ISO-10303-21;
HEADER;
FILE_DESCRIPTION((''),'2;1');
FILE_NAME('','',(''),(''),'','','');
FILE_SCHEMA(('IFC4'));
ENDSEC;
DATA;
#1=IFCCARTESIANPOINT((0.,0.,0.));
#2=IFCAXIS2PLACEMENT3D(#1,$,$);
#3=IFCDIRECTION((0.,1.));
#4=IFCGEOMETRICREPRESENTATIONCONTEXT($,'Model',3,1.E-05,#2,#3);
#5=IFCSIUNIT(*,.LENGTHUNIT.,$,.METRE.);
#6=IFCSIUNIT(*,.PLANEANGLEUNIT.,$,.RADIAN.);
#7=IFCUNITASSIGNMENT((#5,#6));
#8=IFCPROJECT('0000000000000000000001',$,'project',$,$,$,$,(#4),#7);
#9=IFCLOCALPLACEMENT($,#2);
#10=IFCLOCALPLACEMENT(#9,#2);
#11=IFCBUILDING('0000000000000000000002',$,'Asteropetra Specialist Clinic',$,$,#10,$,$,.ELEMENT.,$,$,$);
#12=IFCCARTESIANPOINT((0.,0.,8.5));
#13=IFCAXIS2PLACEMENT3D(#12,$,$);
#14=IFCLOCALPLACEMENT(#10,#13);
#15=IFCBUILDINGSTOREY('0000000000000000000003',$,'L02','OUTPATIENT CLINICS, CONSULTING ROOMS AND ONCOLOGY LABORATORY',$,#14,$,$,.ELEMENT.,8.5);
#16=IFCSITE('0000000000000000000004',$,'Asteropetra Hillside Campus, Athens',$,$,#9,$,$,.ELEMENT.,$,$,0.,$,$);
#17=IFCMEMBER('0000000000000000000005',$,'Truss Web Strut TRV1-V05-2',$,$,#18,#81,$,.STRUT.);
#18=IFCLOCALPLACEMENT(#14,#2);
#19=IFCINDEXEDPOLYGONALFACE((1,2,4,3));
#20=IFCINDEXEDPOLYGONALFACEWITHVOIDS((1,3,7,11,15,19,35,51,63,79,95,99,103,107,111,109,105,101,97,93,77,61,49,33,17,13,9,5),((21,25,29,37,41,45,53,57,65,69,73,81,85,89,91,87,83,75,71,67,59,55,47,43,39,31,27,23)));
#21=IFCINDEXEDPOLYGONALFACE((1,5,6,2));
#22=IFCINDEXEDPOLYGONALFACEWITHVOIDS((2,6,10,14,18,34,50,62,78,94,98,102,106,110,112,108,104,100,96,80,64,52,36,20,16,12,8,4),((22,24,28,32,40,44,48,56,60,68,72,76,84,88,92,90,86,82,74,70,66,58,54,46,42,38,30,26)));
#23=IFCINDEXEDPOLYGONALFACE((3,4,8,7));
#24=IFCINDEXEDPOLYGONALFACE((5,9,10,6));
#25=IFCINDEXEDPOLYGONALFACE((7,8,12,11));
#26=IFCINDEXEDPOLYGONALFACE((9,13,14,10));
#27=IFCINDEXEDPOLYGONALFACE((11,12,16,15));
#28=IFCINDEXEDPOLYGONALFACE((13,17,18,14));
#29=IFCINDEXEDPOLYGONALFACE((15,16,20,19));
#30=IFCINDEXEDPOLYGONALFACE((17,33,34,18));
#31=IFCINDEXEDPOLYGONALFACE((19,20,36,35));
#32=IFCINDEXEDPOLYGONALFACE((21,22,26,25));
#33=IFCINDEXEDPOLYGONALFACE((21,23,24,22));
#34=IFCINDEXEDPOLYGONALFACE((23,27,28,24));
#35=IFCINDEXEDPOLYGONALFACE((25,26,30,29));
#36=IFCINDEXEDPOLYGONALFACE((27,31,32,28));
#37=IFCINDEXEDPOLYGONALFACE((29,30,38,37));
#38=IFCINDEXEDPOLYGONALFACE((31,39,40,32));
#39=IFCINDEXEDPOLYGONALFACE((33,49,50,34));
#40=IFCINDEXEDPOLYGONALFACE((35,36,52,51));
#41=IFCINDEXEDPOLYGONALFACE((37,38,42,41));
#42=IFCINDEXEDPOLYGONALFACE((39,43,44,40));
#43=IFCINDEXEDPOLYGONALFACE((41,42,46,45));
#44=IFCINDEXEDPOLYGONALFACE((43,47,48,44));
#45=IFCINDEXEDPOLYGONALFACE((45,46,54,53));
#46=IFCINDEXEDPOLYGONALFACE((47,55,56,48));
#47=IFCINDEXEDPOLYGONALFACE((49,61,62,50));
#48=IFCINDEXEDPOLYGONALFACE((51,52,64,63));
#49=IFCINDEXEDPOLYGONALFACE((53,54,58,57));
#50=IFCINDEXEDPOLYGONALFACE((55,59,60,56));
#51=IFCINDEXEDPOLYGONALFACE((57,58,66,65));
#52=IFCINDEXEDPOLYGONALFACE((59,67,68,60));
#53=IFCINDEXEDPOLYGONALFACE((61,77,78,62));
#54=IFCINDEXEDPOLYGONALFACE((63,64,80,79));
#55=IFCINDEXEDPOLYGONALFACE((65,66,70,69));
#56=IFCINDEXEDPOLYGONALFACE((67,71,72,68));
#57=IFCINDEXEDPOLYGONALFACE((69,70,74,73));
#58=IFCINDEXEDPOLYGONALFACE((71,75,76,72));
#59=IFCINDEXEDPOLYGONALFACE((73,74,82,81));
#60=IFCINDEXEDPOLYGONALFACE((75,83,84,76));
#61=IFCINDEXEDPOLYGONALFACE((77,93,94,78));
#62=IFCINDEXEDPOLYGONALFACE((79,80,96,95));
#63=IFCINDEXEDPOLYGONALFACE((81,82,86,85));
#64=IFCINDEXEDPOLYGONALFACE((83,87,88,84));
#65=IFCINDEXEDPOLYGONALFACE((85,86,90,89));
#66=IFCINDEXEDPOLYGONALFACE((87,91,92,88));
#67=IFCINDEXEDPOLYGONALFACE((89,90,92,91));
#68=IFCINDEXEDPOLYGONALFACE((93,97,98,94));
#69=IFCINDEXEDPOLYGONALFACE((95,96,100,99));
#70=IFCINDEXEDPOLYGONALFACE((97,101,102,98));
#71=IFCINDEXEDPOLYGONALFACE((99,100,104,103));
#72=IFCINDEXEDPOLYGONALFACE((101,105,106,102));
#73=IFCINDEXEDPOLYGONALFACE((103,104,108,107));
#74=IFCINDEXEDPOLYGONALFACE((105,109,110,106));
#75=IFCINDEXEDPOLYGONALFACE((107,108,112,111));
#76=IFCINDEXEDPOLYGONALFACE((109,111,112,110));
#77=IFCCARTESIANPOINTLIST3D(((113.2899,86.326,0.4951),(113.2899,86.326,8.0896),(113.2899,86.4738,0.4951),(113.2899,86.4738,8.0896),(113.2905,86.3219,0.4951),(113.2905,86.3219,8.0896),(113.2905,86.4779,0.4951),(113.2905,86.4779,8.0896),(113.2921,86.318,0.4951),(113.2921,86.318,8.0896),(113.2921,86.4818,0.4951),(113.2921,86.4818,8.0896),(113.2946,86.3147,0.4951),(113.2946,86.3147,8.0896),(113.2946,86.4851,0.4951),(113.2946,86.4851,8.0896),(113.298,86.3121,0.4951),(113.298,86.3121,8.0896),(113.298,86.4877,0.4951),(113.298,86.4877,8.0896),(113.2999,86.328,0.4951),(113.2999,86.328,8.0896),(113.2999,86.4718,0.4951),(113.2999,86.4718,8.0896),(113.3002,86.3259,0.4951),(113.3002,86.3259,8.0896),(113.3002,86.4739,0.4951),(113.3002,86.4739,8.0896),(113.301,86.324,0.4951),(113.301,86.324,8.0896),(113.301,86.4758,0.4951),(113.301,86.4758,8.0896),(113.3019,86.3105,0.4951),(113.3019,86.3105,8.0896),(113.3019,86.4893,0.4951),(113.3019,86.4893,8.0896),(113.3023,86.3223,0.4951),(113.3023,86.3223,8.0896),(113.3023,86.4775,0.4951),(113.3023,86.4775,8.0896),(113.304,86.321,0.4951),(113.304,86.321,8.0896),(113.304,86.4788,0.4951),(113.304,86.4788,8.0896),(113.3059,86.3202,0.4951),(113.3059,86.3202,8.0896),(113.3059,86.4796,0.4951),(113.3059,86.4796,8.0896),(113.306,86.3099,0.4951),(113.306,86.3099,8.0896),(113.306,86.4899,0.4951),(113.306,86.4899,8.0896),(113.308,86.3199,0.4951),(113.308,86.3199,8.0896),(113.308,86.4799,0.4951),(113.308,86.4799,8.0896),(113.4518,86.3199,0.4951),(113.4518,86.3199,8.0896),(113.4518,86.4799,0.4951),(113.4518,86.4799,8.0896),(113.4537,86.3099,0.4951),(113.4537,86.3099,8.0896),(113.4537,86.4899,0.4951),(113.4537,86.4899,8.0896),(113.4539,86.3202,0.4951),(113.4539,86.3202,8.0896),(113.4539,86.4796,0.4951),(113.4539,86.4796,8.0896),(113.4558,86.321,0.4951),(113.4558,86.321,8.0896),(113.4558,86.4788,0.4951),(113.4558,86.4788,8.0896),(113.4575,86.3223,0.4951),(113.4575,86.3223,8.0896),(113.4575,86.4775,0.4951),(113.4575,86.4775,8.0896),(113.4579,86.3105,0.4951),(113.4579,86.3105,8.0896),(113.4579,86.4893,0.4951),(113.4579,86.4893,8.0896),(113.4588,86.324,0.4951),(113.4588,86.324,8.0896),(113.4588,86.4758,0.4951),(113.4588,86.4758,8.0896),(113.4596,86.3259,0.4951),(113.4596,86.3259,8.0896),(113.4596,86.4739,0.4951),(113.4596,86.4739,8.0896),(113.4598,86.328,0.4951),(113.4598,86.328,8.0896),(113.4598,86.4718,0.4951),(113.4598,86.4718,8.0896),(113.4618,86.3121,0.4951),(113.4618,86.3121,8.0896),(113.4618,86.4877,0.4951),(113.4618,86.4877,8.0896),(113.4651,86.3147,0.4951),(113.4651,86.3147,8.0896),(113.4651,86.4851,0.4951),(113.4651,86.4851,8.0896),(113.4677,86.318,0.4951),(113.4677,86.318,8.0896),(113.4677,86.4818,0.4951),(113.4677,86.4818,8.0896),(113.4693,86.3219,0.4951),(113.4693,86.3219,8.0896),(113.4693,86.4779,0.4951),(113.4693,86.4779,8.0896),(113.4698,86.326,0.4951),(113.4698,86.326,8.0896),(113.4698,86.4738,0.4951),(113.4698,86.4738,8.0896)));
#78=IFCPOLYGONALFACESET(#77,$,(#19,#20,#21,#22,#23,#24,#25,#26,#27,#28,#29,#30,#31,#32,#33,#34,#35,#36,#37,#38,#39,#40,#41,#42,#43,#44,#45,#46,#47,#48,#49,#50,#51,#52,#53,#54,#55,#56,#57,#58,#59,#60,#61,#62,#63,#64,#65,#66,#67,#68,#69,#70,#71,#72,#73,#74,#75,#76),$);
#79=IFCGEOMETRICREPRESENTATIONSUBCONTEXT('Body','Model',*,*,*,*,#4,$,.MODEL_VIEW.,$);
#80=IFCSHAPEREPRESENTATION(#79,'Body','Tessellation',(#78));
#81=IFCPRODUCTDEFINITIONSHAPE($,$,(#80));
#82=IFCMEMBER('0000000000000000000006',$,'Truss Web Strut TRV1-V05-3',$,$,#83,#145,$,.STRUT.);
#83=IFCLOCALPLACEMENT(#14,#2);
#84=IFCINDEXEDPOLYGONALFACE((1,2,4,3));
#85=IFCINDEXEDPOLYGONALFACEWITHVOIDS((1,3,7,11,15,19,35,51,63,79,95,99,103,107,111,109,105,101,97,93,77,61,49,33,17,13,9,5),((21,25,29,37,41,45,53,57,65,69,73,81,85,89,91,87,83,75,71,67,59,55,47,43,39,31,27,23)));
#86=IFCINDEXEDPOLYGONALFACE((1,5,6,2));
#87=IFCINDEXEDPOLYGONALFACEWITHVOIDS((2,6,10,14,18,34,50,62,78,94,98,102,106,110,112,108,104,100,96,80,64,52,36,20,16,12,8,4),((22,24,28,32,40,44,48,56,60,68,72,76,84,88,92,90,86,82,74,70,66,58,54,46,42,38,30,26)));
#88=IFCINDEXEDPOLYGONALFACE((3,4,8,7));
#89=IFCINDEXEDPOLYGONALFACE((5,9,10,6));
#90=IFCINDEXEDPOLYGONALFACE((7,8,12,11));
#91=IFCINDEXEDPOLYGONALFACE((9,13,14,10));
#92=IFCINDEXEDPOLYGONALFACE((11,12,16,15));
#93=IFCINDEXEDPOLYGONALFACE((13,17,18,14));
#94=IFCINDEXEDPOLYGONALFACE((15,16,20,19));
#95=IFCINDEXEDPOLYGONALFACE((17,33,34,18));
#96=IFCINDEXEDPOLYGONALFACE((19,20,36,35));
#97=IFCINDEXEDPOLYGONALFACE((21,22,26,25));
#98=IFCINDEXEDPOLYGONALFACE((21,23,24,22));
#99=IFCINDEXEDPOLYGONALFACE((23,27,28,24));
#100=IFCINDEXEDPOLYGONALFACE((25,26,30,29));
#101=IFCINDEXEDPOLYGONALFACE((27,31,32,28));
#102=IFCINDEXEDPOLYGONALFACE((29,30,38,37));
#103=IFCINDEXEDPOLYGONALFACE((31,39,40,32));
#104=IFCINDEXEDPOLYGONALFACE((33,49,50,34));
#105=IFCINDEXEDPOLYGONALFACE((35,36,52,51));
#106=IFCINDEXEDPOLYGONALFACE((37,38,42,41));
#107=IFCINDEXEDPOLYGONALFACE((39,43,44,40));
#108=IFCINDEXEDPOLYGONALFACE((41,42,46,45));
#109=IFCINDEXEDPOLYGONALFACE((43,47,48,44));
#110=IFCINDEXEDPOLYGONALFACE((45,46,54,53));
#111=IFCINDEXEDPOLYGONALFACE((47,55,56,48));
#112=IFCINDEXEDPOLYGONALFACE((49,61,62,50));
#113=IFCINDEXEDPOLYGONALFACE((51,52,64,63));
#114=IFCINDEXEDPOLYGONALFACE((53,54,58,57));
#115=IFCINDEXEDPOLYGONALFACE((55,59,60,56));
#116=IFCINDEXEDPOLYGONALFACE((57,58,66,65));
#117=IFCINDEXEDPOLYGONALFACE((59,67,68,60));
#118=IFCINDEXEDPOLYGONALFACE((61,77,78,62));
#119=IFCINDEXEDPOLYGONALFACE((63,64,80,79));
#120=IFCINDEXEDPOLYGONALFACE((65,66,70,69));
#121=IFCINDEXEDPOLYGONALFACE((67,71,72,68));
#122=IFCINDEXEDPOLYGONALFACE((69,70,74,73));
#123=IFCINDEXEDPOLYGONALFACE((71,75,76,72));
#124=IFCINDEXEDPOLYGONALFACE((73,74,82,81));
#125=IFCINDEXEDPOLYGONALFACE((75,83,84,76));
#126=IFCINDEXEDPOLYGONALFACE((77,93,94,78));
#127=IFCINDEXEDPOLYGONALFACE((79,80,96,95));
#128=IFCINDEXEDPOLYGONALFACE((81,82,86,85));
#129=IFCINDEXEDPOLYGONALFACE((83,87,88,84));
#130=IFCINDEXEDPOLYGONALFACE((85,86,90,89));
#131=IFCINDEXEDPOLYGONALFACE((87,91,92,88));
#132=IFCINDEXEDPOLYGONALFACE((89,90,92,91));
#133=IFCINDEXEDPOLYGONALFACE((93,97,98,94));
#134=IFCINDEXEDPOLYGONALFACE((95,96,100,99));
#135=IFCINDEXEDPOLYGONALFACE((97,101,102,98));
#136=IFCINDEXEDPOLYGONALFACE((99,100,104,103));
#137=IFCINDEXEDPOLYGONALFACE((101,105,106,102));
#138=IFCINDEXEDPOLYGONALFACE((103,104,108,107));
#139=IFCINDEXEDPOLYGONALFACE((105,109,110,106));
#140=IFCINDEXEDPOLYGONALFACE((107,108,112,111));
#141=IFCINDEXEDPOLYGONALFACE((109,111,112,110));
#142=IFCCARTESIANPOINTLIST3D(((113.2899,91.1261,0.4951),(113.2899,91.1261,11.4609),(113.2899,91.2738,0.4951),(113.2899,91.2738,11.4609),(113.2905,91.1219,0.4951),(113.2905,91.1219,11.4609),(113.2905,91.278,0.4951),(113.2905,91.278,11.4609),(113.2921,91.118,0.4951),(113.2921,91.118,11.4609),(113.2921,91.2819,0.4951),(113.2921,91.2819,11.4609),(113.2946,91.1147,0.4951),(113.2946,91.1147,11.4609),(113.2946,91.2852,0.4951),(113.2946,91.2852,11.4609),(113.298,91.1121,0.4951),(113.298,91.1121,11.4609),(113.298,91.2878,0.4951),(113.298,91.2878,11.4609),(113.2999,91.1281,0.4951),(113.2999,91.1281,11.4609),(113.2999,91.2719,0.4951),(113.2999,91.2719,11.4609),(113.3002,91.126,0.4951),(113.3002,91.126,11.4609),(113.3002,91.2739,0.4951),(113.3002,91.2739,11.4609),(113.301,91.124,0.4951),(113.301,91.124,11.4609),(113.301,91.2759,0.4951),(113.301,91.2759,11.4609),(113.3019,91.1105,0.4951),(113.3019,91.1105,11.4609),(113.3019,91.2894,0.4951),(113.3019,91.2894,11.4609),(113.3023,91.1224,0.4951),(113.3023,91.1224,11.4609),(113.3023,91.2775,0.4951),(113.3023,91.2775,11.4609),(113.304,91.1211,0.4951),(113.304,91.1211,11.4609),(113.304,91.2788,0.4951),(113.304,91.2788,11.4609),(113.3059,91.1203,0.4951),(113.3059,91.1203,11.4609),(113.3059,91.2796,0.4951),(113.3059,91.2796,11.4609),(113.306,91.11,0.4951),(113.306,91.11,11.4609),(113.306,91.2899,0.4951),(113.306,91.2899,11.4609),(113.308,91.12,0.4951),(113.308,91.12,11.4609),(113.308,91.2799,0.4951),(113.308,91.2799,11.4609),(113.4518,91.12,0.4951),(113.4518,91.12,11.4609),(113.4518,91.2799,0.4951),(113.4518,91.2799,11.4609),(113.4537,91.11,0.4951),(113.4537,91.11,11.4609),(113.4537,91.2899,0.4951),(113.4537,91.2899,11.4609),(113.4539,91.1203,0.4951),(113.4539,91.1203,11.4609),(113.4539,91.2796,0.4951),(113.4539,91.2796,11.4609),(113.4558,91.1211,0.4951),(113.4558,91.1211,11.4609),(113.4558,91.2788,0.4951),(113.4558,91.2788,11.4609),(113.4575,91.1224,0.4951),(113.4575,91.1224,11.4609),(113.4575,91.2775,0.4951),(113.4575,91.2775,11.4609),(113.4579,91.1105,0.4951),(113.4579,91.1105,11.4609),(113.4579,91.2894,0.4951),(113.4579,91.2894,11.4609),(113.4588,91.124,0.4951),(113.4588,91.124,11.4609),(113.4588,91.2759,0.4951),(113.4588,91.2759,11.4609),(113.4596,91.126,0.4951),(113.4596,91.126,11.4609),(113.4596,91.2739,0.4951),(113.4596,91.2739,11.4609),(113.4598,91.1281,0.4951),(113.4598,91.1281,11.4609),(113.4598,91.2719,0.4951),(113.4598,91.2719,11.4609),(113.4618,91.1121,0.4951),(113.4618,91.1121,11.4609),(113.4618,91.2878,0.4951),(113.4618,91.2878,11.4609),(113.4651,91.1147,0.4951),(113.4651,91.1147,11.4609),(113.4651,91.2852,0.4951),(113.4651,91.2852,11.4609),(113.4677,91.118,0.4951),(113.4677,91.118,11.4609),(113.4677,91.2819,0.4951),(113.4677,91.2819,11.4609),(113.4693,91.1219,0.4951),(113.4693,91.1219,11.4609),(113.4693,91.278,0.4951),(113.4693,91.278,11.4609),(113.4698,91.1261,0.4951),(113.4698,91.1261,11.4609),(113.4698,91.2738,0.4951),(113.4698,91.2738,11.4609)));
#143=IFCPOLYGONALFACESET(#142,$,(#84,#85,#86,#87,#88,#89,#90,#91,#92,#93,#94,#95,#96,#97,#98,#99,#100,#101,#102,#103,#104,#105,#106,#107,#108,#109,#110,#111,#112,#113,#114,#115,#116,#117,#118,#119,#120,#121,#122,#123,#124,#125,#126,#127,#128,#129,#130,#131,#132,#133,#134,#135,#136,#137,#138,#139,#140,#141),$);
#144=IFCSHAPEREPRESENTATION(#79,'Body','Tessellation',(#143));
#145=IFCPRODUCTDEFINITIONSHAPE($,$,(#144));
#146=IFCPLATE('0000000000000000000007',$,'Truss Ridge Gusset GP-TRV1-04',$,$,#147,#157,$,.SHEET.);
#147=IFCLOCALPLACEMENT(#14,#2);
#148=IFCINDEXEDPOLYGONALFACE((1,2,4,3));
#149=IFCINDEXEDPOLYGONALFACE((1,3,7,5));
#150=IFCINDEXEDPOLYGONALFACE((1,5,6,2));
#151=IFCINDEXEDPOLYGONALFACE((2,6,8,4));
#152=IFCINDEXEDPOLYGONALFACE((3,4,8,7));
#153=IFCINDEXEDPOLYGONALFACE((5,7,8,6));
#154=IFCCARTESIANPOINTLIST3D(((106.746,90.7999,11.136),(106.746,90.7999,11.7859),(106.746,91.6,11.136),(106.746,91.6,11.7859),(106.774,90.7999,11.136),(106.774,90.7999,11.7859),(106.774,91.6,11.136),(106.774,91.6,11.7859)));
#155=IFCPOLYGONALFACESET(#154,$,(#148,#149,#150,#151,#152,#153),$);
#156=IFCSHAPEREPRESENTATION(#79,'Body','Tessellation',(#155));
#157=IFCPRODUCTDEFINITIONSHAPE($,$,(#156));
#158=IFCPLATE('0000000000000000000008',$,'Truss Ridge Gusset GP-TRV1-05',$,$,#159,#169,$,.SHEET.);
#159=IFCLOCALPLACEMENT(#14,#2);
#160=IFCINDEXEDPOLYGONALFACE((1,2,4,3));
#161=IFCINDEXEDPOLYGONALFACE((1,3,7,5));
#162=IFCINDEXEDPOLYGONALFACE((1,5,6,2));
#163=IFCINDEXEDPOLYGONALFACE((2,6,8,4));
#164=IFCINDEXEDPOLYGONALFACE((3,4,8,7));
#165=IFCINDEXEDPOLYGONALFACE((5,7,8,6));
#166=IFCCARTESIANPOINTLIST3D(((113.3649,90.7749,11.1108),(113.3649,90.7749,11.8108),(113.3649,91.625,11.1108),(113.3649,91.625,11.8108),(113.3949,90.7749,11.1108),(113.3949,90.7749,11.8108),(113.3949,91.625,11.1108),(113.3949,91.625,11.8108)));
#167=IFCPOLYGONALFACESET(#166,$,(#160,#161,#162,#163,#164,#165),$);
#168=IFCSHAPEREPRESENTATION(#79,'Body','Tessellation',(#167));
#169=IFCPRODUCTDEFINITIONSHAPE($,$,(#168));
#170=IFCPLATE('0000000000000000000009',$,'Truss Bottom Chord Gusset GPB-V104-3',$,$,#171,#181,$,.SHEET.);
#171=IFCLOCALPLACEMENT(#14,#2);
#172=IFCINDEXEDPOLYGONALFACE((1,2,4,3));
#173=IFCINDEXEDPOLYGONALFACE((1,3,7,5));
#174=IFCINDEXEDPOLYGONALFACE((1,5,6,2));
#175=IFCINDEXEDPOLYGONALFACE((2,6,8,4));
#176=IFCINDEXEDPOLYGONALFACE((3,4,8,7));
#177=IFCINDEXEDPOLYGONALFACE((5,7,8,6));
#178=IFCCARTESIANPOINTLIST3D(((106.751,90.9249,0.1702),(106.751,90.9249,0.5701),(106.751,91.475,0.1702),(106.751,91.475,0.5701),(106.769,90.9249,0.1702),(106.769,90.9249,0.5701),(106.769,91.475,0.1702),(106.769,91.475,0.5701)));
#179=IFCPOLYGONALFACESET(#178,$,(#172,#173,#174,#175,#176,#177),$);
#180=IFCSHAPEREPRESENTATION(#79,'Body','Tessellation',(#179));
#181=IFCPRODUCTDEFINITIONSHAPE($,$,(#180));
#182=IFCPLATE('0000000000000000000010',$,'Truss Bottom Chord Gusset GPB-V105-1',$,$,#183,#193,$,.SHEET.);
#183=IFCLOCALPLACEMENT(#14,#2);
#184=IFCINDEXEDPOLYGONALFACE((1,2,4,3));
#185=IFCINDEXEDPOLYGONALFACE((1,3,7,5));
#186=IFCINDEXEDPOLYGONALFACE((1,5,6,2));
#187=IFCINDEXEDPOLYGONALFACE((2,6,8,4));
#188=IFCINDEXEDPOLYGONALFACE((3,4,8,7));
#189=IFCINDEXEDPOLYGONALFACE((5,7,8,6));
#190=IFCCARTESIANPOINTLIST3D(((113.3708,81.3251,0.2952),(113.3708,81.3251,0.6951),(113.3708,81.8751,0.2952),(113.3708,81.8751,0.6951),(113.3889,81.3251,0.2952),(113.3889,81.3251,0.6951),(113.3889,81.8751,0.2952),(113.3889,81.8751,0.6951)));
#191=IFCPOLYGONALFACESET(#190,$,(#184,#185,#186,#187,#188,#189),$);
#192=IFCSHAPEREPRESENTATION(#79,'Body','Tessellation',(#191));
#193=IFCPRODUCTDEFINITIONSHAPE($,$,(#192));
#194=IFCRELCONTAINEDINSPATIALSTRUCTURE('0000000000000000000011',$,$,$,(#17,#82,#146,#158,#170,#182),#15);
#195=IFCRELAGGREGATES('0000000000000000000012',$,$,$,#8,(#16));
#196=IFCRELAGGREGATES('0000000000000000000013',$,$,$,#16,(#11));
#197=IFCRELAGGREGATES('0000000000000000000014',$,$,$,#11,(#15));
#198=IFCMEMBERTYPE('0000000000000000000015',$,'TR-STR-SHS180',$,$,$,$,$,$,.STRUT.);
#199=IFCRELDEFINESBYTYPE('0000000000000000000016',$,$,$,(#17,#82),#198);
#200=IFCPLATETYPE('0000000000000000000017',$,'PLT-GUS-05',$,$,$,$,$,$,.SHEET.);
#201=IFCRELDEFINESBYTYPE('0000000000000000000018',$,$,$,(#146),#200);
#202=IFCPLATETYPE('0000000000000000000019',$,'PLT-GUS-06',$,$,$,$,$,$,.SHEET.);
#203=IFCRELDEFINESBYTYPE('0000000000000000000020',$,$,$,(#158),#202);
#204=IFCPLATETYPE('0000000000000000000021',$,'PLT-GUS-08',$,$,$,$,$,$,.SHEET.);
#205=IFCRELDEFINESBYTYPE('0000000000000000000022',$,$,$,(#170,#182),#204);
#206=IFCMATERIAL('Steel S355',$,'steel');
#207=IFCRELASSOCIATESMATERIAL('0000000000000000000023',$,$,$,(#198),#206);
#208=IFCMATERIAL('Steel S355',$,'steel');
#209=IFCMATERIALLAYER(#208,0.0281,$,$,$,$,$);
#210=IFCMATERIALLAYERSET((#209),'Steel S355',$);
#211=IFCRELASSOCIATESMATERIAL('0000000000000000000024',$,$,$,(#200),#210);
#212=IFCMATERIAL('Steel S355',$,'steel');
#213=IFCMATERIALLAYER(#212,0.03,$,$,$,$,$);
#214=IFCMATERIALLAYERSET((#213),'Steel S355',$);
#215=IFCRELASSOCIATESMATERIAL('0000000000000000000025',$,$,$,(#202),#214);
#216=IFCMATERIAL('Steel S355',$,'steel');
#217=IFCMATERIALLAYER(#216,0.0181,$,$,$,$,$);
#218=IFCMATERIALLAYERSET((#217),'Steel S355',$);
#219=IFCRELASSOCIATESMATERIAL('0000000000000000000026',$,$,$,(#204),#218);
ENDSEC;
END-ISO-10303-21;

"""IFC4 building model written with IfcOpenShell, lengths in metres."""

from ifc_helpers import new_model, si_unit, direction, frame, origin, origin_2d, place, context, subcontext, project, spatial, rectangle, hollow_rectangle, extrude, material, layer, layer_set, material_profile, profile_set, type_object, element, save


model = new_model("IFC4")

# Units and contexts
model_context = context("Model", 3, precision=1e-05, world=origin(), true_north=direction((0.0, 1.0)))
body_context = subcontext(model_context, "Body", "Model", "MODEL_VIEW")
ifc_project = project(units=[si_unit("LENGTHUNIT", "METRE"), si_unit("PLANEANGLEUNIT", "RADIAN")], contexts=[model_context])

# Site, building, storey
site_placement = place(None, origin())
site = spatial("IfcSite", under=ifc_project, at=site_placement, Name="Asteropetra Hillside Campus, Athens", CompositionType="ELEMENT", RefElevation=0.0)
building_placement = place(site_placement, origin())
building = spatial("IfcBuilding", under=site, at=building_placement, Name="Asteropetra Specialist Clinic", CompositionType="ELEMENT")
storey_placement = place(building_placement, frame((0.0, 0.0, 8.5)))
storey = spatial("IfcBuildingStorey", under=building, at=storey_placement, Name="L02", Description="OUTPATIENT CLINICS, CONSULTING ROOMS AND ONCOLOGY LABORATORY", CompositionType="ELEMENT", Elevation=8.5)

# Members
ifc_material_1 = material(Name="Steel S355", Category="steel")
ifc_material_profile_1 = material_profile(ifc_material_1, hollow_rectangle(XDim=0.1799, YDim=0.1799, WallThickness=0.01, InnerFilletRadius=0.0081, OuterFilletRadius=0.0161, at=origin_2d()), Name="SHS 180x180x10.0")
ifc_profile_set_1 = profile_set([ifc_material_profile_1], Name="Steel S355")
member_type_1 = type_object("IfcMemberType", Name="TR-STR-SHS180", PredefinedType="STRUT", material=ifc_profile_set_1)
member_1_placement = place(storey_placement, frame((113.3799, 86.3999, 0.4951), z_axis=(0.0, 0.0, 1.0), x_axis=(1.0, 0.0, 0.0)))
element("IfcMember", 1, at=member_1_placement, inside=storey, type_object=member_type_1, Name="Truss Web Strut TRV1-V05-2", PredefinedType="STRUT", context=body_context, shape_type="SweptSolid", body=[
    extrude(hollow_rectangle(XDim=0.1799, YDim=0.1799, WallThickness=0.01, InnerFilletRadius=0.0081, OuterFilletRadius=0.0161, at=origin_2d()), origin(), (0.0, 0.0, 1.0), 7.5945),
])
member_2_placement = place(storey_placement, frame((113.3799, 91.2, 0.4951), z_axis=(0.0, 0.0, 1.0), x_axis=(1.0, 0.0, 0.0)))
element("IfcMember", 2, at=member_2_placement, inside=storey, type_object=member_type_1, Name="Truss Web Strut TRV1-V05-3", PredefinedType="STRUT", context=body_context, shape_type="SweptSolid", body=[
    extrude(hollow_rectangle(XDim=0.1799, YDim=0.1799, WallThickness=0.01, InnerFilletRadius=0.0081, OuterFilletRadius=0.0161, at=origin_2d()), origin(), (0.0, 0.0, 1.0), 10.9658),
])

# Plates
ifc_material_2 = material(Name="Steel S355", Category="steel")
ifc_layer_1 = layer(ifc_material_2, 0.0281)
ifc_layer_set_1 = layer_set([ifc_layer_1], Name="Steel S355")
plate_type_1 = type_object("IfcPlateType", Name="PLT-GUS-05", PredefinedType="SHEET", material=ifc_layer_set_1)
plate_1_placement = place(storey_placement, frame((106.76, 91.2, 11.136), z_axis=(0.0, 0.0, 1.0), x_axis=(1.0, 0.0, 0.0)))
element("IfcPlate", 3, at=plate_1_placement, inside=storey, type_object=plate_type_1, Name="Truss Ridge Gusset GP-TRV1-04", PredefinedType="SHEET", context=body_context, shape_type="SweptSolid", body=[
    extrude(rectangle(XDim=0.0281, YDim=0.8, at=origin_2d()), origin(), (0.0, 0.0, 1.0), 0.6499),
])
ifc_material_3 = material(Name="Steel S355", Category="steel")
ifc_layer_2 = layer(ifc_material_3, 0.03)
ifc_layer_set_2 = layer_set([ifc_layer_2], Name="Steel S355")
plate_type_2 = type_object("IfcPlateType", Name="PLT-GUS-06", PredefinedType="SHEET", material=ifc_layer_set_2)
plate_2_placement = place(storey_placement, frame((113.3799, 91.2, 11.1108), z_axis=(0.0, 0.0, 1.0), x_axis=(1.0, 0.0, 0.0)))
element("IfcPlate", 4, at=plate_2_placement, inside=storey, type_object=plate_type_2, Name="Truss Ridge Gusset GP-TRV1-05", PredefinedType="SHEET", context=body_context, shape_type="SweptSolid", body=[
    extrude(rectangle(XDim=0.03, YDim=0.8501, at=origin_2d()), origin(), (0.0, 0.0, 1.0), 0.7),
])
ifc_material_4 = material(Name="Steel S355", Category="steel")
ifc_layer_3 = layer(ifc_material_4, 0.0181)
ifc_layer_set_3 = layer_set([ifc_layer_3], Name="Steel S355")
plate_type_3 = type_object("IfcPlateType", Name="PLT-GUS-08", PredefinedType="SHEET", material=ifc_layer_set_3)
for number, where, z_axis, x_axis, name in (
    (5, (106.76, 91.2, 0.1702), (0.0, 0.0, 1.0), (1.0, 0.0, 0.0), "Truss Bottom Chord Gusset GPB-V104-3"),
    (6, (113.3799, 81.6001, 0.2952), (0.0, 0.0, 1.0), (1.0, 0.0, 0.0), "Truss Bottom Chord Gusset GPB-V105-1"),
):
    element("IfcPlate", number, at=place(storey_placement, frame(where, z_axis=z_axis, x_axis=x_axis)), inside=storey, type_object=plate_type_3, Name=name, PredefinedType="SHEET", context=body_context, shape_type="SweptSolid", body=[
        extrude(rectangle(XDim=0.0181, YDim=0.55, at=origin_2d()), origin(), (0.0, 0.0, 1.0), 0.3999),
    ])

save(model, "model.ifc")
